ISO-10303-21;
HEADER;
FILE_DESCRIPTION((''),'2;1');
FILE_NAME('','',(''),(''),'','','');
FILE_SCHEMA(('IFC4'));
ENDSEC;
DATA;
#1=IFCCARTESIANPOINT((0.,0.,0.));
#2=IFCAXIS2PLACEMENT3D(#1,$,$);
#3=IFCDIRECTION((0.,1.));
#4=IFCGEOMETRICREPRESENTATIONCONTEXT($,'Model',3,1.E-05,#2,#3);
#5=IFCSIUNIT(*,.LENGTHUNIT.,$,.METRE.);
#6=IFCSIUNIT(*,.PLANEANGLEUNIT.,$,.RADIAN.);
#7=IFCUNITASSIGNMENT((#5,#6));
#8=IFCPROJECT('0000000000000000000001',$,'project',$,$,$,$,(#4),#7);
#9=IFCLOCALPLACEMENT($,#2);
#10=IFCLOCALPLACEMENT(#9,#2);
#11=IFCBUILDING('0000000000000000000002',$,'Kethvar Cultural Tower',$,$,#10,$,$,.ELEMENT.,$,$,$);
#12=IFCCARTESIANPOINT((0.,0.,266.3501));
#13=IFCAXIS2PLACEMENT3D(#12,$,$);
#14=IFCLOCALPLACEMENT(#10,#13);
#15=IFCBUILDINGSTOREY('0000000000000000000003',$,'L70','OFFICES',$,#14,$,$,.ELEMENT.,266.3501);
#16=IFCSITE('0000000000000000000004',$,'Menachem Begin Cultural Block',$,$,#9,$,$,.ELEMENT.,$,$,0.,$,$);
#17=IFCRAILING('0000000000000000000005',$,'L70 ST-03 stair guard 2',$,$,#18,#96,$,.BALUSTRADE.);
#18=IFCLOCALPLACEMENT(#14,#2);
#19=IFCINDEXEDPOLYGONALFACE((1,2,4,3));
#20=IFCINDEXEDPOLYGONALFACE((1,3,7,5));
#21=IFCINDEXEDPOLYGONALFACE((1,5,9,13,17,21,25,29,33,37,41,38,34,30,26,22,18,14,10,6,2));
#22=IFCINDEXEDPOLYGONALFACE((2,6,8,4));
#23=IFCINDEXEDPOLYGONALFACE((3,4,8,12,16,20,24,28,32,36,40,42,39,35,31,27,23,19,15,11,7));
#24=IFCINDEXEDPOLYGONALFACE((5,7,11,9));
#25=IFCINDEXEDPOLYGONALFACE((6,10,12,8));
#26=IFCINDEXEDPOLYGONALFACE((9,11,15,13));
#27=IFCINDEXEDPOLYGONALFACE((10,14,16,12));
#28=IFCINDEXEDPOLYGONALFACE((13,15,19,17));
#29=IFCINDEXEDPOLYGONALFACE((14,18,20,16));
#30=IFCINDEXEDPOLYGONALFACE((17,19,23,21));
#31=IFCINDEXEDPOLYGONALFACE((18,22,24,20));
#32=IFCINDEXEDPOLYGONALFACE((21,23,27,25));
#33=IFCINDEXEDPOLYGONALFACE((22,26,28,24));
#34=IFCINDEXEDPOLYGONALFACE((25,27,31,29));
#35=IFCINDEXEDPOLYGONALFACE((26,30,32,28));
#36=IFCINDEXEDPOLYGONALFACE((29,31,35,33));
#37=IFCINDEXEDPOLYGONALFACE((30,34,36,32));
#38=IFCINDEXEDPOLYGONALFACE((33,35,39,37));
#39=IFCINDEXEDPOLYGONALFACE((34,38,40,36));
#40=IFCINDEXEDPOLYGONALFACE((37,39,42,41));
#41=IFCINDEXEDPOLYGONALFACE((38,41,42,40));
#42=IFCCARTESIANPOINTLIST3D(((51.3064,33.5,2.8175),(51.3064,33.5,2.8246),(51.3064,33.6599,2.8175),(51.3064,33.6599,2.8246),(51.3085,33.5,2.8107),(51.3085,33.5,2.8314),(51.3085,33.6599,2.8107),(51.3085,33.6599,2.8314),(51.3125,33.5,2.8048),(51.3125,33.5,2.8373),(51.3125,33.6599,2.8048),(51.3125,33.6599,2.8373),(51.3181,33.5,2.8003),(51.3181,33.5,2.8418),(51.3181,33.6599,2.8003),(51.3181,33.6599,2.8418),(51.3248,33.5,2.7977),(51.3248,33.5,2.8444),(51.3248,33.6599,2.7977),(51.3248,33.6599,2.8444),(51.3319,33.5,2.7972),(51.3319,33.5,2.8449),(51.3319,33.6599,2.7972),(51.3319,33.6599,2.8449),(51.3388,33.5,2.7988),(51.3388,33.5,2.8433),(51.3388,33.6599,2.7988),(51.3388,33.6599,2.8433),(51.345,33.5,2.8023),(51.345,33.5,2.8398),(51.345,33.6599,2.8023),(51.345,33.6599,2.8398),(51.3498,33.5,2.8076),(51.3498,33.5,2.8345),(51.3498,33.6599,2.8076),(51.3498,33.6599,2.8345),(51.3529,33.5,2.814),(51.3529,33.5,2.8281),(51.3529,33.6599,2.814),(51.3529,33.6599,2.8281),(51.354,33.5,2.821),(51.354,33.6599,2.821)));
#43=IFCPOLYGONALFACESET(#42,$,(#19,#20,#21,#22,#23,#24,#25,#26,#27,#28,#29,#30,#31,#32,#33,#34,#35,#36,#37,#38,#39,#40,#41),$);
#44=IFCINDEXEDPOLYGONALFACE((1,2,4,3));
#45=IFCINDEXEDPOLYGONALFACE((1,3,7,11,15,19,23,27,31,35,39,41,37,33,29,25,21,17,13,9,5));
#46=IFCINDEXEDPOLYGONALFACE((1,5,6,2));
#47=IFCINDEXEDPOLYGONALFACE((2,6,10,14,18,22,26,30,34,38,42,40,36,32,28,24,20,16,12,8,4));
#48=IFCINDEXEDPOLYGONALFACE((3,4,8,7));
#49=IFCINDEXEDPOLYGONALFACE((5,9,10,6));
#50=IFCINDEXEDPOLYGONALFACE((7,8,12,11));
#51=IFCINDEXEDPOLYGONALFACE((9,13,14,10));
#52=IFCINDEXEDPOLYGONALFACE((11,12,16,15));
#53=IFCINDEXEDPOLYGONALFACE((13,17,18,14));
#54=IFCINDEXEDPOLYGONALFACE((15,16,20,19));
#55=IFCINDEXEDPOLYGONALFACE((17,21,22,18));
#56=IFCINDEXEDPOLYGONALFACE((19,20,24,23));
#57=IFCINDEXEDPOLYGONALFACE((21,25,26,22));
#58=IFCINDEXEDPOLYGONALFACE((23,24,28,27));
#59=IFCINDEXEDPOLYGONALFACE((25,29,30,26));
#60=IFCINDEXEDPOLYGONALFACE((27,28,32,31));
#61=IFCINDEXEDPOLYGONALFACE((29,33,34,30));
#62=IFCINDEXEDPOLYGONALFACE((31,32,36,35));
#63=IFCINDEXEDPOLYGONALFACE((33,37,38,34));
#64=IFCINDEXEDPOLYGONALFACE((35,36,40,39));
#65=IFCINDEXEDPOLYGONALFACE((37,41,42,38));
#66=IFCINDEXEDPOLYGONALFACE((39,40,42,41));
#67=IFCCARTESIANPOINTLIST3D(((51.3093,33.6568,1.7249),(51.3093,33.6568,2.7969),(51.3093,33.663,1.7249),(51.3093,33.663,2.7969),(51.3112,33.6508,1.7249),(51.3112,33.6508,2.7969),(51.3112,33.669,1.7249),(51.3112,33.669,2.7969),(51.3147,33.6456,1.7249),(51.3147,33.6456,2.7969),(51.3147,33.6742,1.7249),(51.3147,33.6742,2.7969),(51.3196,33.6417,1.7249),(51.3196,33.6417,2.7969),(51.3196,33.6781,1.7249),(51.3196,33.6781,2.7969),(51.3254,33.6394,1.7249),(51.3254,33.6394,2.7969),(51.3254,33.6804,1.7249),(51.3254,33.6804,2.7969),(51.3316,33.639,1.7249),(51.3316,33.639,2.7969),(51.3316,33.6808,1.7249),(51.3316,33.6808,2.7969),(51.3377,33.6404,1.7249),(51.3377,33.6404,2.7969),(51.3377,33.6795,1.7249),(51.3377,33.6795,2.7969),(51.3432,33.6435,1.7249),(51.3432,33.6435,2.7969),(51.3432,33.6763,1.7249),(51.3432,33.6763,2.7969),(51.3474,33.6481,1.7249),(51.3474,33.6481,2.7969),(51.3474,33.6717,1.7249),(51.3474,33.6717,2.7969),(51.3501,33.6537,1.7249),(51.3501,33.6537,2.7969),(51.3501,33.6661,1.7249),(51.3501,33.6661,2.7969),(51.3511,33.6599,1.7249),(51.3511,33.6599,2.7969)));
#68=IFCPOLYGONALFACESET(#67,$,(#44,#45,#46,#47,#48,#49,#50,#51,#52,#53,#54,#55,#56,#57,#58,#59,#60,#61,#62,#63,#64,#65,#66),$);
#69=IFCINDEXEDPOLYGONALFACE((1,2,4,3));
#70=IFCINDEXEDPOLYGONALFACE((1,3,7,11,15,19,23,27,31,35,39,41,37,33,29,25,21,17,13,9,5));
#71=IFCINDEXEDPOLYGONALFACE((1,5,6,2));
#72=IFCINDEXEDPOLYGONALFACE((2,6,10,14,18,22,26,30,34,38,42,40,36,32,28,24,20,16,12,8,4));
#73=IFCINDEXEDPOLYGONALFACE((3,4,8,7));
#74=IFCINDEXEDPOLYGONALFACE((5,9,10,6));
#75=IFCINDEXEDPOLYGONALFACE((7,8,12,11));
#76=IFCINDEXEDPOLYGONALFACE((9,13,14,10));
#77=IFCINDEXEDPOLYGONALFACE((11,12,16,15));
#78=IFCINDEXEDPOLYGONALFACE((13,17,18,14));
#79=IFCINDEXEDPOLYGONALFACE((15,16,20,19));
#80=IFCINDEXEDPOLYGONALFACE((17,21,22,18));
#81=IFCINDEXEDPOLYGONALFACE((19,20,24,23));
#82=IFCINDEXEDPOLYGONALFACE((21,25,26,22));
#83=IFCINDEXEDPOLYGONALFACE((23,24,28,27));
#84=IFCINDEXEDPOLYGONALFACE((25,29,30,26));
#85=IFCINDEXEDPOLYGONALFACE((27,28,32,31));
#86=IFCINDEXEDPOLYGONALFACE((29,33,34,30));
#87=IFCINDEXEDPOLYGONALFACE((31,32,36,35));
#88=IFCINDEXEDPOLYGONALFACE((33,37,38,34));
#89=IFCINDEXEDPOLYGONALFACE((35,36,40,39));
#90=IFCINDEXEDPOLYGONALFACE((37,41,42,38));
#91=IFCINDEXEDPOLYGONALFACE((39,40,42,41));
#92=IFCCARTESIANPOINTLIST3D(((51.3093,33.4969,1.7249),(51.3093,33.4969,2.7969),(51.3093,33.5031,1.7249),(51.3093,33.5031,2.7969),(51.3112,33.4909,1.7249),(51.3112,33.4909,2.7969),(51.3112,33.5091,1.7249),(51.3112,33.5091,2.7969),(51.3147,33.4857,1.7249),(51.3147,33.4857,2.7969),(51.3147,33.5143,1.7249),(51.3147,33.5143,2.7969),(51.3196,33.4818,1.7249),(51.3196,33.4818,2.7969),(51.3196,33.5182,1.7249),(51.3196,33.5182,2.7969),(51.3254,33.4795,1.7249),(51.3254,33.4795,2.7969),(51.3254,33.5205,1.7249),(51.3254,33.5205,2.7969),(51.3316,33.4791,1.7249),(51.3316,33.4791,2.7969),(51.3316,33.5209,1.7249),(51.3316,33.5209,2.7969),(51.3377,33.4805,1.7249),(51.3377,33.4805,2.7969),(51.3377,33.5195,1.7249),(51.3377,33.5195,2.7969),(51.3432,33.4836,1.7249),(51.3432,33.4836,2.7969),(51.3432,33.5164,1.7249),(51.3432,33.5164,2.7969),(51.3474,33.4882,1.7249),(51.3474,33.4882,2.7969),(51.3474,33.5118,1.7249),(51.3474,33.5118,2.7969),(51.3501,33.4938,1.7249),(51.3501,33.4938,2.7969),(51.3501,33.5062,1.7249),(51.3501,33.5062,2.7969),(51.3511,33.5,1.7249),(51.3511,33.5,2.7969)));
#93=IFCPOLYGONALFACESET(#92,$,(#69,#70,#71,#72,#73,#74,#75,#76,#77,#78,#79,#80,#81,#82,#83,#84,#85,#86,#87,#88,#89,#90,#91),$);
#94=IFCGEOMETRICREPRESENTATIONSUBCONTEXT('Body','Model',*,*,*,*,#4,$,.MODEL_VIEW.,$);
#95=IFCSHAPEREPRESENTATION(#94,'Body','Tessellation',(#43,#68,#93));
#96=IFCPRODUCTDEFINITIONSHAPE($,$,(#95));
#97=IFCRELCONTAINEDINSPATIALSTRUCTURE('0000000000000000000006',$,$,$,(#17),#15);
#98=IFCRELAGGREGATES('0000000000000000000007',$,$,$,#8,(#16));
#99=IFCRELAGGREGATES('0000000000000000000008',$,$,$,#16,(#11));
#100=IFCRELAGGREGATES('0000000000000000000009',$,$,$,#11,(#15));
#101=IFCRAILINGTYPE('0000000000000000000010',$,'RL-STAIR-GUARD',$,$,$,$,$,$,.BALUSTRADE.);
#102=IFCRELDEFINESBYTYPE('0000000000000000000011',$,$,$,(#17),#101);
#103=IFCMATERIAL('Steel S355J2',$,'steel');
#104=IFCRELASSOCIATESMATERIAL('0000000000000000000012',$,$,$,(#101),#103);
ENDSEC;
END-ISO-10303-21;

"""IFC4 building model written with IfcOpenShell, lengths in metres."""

from ifc_helpers import new_model, si_unit, direction, frame, origin, origin_2d, place, context, subcontext, project, spatial, circle, extrude, material, type_object, element, save


model = new_model("IFC4")

# Units and contexts
model_context = context("Model", 3, precision=1e-05, world=origin(), true_north=direction((0.0, 1.0)))
body_context = subcontext(model_context, "Body", "Model", "MODEL_VIEW")
ifc_project = project(units=[si_unit("LENGTHUNIT", "METRE"), si_unit("PLANEANGLEUNIT", "RADIAN")], contexts=[model_context])

# Site, building, storey
site_placement = place(None, origin())
site = spatial("IfcSite", under=ifc_project, at=site_placement, Name="Menachem Begin Cultural Block", CompositionType="ELEMENT", RefElevation=0.0)
building_placement = place(site_placement, origin())
building = spatial("IfcBuilding", under=site, at=building_placement, Name="Kethvar Cultural Tower", CompositionType="ELEMENT")
storey_placement = place(building_placement, frame((0.0, 0.0, 266.3501)))
storey = spatial("IfcBuildingStorey", under=building, at=storey_placement, Name="L70", Description="OFFICES", CompositionType="ELEMENT", Elevation=266.3501)

# Shared definitions
ifc_material_1 = material(Name="Steel S355J2", Category="steel")

# Railing
railing_type_1 = type_object("IfcRailingType", Name="RL-STAIR-GUARD", PredefinedType="BALUSTRADE", material=ifc_material_1)
railing_1_placement = place(storey_placement, frame((51.3301, 33.6599, 1.7249)))
element("IfcRailing", 1, at=railing_1_placement, inside=storey, type_object=railing_type_1, Name="L70 ST-03 stair guard 2", PredefinedType="BALUSTRADE", context=body_context, shape_type="SweptSolid", body=[
    extrude(circle(Radius=0.0239, at=origin_2d()), frame((0.0, 0.0, 1.0962), z_axis=(0.0, -1.0, 0.0), x_axis=(1.0, 0.0, 0.0)), (0.0, 0.0, 1.0), 0.1599),
    extrude(circle(Radius=0.021, at=origin_2d()), origin(), (0.0, 0.0, 1.0), 1.072),
    extrude(circle(Radius=0.021, at=origin_2d()), frame((0.0, -0.1599, 0.0)), (0.0, 0.0, 1.0), 1.072),
])

save(model, "model.ifc")
